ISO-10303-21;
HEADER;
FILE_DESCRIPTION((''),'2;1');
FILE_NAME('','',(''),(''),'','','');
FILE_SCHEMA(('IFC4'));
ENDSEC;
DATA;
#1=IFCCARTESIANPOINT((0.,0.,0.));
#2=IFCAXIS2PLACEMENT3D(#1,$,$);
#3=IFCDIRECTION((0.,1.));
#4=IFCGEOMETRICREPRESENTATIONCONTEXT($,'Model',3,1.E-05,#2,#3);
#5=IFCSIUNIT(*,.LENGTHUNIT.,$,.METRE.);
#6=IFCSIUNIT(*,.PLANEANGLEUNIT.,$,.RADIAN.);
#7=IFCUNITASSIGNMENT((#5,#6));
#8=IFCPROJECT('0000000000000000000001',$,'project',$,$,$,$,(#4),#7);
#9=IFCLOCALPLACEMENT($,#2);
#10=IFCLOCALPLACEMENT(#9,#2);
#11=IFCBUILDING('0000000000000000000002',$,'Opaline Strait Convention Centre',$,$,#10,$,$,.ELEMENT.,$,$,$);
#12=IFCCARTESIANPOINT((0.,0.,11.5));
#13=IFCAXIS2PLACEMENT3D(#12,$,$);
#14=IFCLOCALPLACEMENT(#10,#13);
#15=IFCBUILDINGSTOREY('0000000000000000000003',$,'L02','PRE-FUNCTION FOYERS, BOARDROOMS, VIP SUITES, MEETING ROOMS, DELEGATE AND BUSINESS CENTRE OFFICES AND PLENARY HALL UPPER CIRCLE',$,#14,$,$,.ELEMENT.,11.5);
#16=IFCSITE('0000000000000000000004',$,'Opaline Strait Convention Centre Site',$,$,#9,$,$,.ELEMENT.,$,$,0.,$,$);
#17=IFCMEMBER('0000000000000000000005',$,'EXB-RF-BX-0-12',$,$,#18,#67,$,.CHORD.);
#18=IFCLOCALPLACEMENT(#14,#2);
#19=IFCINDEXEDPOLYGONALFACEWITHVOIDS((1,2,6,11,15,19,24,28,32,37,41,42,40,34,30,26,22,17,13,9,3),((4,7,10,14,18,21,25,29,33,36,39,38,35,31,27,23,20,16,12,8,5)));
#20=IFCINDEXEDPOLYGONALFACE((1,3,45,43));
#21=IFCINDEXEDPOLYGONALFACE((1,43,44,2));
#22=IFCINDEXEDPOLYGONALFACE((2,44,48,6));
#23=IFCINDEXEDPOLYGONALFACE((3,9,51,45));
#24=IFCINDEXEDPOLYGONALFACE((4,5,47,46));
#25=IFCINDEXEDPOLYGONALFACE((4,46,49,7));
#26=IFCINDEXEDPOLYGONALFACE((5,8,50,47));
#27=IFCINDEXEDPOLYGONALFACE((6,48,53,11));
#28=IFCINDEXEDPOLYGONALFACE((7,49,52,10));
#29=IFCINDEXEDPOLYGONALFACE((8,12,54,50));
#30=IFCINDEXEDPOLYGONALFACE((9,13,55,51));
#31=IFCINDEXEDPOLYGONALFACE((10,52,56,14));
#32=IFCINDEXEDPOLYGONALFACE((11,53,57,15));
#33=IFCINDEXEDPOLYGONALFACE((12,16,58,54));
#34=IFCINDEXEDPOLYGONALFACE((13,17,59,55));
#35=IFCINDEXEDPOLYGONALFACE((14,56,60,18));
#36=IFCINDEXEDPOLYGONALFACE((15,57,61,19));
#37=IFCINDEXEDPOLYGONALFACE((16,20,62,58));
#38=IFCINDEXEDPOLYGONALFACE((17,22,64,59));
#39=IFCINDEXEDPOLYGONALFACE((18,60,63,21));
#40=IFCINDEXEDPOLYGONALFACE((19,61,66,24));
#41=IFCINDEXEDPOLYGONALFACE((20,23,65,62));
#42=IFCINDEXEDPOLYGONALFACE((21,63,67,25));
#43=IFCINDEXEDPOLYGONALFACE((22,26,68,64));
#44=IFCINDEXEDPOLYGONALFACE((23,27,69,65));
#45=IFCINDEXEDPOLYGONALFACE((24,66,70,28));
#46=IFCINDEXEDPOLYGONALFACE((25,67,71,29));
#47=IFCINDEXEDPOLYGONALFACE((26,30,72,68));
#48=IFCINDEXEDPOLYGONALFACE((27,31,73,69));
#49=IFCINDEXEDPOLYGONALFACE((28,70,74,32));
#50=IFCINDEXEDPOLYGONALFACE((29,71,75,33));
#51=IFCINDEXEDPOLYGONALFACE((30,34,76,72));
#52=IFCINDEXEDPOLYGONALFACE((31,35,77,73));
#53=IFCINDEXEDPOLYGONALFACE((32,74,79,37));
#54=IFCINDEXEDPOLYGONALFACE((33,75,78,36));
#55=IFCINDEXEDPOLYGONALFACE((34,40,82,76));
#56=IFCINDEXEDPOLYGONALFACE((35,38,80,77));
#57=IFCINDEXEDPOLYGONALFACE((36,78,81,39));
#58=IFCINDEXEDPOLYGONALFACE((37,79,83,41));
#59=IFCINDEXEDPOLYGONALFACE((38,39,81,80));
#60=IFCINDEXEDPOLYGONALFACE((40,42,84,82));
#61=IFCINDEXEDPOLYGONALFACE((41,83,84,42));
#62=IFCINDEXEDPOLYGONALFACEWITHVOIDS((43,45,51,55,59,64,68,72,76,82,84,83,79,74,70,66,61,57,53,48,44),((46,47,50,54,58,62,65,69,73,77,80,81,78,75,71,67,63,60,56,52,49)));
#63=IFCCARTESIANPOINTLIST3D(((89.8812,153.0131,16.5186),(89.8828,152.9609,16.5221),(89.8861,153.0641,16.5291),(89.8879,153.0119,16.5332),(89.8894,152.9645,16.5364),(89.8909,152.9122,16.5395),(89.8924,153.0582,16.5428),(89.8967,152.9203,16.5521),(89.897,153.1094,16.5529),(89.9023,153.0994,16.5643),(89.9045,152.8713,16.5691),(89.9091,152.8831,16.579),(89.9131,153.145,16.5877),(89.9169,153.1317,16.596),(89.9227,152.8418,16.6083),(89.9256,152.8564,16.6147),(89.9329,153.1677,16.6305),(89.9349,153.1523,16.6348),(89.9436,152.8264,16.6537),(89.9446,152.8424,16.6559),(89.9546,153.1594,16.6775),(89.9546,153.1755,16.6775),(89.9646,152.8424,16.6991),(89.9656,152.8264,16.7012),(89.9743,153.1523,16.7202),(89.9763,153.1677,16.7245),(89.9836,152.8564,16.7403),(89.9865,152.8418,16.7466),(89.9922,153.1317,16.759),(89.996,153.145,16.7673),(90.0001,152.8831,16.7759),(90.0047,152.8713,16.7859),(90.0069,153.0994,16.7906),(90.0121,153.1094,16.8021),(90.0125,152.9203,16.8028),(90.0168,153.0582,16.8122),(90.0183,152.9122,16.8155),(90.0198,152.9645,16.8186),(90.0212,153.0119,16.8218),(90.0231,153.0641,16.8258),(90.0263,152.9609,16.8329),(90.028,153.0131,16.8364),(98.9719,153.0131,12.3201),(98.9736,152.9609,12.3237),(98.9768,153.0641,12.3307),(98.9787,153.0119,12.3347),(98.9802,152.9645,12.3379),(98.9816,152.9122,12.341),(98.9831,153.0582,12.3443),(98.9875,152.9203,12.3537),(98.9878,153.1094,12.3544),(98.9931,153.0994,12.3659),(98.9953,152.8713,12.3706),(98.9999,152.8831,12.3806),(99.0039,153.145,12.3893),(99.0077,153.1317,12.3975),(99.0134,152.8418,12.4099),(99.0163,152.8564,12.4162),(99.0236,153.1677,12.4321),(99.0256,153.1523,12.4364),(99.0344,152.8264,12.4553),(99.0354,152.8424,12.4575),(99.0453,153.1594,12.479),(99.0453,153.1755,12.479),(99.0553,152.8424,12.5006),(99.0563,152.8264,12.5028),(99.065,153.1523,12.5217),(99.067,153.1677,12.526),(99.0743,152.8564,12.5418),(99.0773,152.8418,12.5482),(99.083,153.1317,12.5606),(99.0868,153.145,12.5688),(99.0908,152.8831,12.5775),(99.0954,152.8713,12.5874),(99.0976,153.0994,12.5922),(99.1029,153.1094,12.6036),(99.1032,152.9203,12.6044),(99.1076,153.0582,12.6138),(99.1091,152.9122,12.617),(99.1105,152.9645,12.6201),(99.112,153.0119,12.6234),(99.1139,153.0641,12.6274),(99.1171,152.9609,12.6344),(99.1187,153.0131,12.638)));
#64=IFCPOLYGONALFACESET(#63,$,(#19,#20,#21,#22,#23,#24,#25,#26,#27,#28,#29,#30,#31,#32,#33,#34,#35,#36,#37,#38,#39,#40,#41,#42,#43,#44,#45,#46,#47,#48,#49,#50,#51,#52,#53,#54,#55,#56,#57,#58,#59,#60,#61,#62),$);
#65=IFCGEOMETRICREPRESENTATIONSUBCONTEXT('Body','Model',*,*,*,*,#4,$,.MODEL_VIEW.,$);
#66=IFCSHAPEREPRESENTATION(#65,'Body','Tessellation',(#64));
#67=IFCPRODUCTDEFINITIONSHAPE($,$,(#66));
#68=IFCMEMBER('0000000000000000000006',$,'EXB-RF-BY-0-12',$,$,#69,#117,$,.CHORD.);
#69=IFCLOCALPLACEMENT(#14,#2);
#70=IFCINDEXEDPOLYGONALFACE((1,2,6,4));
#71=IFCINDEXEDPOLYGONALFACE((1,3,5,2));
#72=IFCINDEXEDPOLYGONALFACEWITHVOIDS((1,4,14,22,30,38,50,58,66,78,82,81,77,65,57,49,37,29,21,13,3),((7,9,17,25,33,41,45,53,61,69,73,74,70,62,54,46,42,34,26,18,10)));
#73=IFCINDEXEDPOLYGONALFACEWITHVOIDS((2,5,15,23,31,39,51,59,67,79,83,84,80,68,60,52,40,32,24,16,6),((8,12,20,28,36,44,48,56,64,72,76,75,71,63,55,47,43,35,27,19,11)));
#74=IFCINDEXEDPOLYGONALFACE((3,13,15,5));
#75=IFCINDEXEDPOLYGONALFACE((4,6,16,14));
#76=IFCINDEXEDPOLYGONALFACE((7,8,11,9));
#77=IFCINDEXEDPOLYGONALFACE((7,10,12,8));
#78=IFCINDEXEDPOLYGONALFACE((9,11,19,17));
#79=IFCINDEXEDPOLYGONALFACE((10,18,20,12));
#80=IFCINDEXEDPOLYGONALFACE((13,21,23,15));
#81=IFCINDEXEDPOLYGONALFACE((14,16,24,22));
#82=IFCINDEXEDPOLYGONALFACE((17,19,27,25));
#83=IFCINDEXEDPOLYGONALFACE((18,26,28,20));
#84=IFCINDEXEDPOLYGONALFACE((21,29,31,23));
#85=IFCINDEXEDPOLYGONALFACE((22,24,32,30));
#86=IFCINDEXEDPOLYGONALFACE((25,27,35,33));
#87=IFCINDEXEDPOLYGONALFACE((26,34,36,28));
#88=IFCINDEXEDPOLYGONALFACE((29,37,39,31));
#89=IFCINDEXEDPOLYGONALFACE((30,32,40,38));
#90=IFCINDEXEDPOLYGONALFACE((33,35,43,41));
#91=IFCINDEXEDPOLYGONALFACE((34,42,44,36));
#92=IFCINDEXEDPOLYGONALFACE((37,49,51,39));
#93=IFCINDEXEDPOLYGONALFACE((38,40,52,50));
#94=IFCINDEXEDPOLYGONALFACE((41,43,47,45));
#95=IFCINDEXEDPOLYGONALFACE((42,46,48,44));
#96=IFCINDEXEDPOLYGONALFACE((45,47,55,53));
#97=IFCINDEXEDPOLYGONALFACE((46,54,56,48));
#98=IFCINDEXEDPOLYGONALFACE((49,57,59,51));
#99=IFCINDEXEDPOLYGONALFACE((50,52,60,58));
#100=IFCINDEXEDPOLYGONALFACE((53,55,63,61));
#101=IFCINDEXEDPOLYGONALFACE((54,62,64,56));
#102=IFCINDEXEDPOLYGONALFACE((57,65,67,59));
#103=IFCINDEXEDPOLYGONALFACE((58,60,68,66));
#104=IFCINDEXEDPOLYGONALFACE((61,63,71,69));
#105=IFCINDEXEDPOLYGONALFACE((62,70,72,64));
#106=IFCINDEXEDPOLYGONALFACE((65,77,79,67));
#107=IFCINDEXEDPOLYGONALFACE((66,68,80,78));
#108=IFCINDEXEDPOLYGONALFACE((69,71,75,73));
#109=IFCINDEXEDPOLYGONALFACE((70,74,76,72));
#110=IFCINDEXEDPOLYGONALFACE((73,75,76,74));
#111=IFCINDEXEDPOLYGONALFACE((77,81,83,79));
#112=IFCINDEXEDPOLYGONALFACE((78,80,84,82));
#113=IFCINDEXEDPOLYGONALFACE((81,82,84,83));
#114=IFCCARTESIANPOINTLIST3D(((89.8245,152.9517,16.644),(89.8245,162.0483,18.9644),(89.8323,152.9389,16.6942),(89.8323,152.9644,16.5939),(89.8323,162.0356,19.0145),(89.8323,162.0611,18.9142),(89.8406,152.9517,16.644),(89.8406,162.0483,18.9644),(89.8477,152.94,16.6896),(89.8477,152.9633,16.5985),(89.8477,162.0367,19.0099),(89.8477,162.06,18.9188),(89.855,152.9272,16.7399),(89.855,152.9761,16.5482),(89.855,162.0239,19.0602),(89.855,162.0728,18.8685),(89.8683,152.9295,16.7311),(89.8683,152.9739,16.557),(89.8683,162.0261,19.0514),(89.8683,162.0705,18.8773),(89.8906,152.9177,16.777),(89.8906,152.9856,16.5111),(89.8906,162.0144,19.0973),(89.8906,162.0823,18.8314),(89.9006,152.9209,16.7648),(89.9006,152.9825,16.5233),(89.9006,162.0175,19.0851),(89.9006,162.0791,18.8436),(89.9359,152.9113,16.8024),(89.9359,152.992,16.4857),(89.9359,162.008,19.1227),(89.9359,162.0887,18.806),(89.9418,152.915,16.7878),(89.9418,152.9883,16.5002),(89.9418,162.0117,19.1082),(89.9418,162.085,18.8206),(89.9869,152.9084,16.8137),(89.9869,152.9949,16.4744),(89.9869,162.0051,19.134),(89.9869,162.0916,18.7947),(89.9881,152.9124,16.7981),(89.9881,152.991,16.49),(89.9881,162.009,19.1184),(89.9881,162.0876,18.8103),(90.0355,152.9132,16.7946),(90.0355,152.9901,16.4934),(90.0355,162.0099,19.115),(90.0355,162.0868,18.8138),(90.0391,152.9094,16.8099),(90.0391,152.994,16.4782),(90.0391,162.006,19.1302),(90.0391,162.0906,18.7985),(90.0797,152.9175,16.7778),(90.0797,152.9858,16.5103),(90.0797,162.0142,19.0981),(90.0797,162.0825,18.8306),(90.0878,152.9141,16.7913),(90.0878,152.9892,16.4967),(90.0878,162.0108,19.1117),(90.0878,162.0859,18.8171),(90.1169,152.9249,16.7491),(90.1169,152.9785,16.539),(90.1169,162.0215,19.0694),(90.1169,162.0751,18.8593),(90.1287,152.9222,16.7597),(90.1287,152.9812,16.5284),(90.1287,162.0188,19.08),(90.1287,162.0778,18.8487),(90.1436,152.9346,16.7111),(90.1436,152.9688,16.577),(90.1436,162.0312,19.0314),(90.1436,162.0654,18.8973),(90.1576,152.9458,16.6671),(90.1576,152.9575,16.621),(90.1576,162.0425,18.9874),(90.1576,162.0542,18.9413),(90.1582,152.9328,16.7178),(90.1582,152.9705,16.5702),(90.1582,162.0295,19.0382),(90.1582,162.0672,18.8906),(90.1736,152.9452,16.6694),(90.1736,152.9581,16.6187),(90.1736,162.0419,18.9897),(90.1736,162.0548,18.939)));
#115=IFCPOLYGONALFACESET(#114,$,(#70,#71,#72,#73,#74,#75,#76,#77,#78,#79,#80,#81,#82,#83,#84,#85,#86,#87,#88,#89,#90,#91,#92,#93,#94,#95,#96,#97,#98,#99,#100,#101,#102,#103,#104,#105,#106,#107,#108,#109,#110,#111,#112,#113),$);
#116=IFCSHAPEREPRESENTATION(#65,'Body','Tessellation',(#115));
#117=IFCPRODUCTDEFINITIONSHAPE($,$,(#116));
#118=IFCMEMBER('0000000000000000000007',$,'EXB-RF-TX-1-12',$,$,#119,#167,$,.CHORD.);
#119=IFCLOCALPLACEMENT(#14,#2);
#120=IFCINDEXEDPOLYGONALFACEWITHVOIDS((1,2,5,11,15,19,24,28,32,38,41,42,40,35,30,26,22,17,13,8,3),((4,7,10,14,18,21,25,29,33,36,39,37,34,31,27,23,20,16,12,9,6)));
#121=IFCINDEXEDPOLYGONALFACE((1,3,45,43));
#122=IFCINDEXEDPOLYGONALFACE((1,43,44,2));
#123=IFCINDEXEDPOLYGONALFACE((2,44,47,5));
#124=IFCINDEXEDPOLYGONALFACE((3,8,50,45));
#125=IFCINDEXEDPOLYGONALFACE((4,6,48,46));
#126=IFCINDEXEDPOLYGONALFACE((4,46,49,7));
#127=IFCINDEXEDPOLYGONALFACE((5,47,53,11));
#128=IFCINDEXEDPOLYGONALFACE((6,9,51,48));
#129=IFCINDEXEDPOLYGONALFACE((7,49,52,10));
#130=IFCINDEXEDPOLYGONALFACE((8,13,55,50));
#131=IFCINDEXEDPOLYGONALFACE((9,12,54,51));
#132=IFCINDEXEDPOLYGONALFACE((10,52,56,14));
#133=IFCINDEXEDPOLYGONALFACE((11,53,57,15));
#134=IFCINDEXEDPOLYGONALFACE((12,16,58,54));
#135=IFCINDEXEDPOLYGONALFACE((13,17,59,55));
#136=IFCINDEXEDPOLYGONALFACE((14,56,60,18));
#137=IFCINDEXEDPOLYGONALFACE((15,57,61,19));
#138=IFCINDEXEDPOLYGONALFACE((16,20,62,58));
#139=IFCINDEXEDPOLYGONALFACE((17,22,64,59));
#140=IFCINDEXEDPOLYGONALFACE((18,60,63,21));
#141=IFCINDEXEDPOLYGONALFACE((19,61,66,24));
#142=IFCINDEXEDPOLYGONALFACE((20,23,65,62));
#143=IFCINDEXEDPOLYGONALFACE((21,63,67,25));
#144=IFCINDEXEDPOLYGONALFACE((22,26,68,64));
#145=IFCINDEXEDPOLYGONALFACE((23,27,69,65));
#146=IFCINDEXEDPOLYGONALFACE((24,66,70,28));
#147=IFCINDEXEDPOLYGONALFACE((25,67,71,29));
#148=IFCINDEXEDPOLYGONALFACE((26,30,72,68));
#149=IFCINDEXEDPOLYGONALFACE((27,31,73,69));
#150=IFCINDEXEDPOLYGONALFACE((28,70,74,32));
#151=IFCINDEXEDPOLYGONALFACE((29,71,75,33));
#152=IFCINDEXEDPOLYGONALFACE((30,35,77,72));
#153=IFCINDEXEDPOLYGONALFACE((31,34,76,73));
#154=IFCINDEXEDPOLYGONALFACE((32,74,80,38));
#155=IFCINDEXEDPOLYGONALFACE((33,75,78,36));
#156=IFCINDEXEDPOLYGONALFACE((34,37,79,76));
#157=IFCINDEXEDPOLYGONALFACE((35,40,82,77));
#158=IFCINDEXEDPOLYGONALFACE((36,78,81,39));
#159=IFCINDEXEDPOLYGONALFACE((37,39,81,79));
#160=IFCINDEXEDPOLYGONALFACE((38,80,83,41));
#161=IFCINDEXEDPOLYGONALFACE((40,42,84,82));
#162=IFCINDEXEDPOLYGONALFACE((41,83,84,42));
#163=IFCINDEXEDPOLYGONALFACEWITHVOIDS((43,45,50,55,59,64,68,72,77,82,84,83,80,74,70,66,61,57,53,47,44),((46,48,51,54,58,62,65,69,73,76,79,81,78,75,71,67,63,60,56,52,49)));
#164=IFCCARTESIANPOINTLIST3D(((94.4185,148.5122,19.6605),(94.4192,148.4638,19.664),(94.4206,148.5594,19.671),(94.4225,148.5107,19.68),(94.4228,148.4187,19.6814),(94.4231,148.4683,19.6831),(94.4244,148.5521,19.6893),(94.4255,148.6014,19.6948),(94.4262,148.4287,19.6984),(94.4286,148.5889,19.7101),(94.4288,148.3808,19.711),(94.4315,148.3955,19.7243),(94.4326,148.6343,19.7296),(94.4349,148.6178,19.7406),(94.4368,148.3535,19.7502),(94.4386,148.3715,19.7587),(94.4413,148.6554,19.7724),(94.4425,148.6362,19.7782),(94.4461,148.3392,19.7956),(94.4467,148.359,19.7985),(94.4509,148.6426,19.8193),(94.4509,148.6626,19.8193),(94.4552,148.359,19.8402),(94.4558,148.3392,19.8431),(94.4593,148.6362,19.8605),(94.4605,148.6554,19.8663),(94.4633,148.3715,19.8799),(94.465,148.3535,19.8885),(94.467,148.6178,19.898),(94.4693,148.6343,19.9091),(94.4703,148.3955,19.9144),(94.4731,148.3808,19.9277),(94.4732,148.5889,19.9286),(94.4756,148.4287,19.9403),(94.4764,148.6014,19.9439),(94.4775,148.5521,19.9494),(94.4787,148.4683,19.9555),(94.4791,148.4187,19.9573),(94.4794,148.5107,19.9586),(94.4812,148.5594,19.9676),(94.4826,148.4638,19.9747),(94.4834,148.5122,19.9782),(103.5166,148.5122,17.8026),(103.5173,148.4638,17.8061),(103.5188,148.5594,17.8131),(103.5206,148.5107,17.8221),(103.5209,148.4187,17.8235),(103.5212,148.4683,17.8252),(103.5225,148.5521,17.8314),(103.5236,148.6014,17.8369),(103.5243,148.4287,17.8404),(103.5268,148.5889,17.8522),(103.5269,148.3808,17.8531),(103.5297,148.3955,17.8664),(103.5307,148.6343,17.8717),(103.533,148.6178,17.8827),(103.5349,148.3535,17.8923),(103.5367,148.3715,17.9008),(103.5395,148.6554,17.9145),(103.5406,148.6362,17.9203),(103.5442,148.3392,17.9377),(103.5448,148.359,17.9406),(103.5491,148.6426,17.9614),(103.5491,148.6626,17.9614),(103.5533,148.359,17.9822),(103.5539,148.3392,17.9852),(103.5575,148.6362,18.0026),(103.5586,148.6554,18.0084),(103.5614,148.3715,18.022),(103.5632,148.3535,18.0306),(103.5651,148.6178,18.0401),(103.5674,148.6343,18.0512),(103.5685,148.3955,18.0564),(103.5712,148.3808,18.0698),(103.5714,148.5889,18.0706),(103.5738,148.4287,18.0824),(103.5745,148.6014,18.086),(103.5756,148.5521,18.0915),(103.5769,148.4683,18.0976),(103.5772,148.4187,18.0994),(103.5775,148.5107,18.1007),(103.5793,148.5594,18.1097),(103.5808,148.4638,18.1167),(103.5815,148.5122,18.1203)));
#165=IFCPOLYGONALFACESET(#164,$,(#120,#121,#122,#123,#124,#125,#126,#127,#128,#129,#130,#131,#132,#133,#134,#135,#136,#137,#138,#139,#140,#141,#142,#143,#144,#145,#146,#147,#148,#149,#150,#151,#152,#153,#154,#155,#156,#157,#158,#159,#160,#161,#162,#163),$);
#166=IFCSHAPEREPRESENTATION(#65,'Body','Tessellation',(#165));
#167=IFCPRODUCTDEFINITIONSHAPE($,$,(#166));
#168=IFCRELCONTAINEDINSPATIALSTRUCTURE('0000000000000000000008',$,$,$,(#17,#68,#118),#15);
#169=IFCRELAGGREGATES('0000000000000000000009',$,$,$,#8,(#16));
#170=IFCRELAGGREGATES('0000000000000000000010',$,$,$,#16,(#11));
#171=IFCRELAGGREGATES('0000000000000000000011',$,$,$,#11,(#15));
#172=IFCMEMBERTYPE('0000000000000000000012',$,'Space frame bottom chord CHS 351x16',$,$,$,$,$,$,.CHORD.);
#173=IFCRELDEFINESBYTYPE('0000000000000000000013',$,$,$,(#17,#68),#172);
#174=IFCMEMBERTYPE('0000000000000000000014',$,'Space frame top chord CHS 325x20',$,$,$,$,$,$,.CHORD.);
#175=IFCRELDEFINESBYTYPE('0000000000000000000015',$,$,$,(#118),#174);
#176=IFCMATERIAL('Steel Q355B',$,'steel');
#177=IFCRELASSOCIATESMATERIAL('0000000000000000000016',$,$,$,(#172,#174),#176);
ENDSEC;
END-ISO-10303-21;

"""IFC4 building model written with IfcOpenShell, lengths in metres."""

from ifc_helpers import new_model, si_unit, direction, frame, origin, origin_2d, place, context, subcontext, project, spatial, hollow_circle, extrude, material, material_profile, profile_set, type_object, element, save


model = new_model("IFC4")

# Units and contexts
model_context = context("Model", 3, precision=1e-05, world=origin(), true_north=direction((0.0, 1.0)))
body_context = subcontext(model_context, "Body", "Model", "MODEL_VIEW")
ifc_project = project(units=[si_unit("LENGTHUNIT", "METRE"), si_unit("PLANEANGLEUNIT", "RADIAN")], contexts=[model_context])

# Site, building, storey
site_placement = place(None, origin())
site = spatial("IfcSite", under=ifc_project, at=site_placement, Name="Opaline Strait Convention Centre Site", CompositionType="ELEMENT", RefElevation=0.0)
building_placement = place(site_placement, origin())
building = spatial("IfcBuilding", under=site, at=building_placement, Name="Opaline Strait Convention Centre", CompositionType="ELEMENT")
storey_placement = place(building_placement, frame((0.0, 0.0, 11.5)))
storey = spatial("IfcBuildingStorey", under=building, at=storey_placement, Name="L02", Description="PRE-FUNCTION FOYERS, BOARDROOMS, VIP SUITES, MEETING ROOMS, DELEGATE AND BUSINESS CENTRE OFFICES AND PLENARY HALL UPPER CIRCLE", CompositionType="ELEMENT", Elevation=11.5)

# Members
ifc_material_1 = material(Name="Steel Q355B", Category="steel")
ifc_material_profile_1 = material_profile(ifc_material_1, hollow_circle(Radius=0.1755, WallThickness=0.0161, at=origin_2d()), Name="CHS 351x16")
ifc_profile_set_1 = profile_set([ifc_material_profile_1], Name="Steel Q355B")
member_type_1 = type_object("IfcMemberType", Name="Space frame bottom chord CHS 351x16", PredefinedType="CHORD", material=ifc_profile_set_1)
member_1_placement = place(storey_placement, frame((89.9546, 153.0, 16.6775), z_axis=(0.907856, 0.0, -0.419282), x_axis=(0.0, 1.0, 0.0)))
element("IfcMember", 1, at=member_1_placement, inside=storey, type_object=member_type_1, Name="EXB-RF-BX-0-12", PredefinedType="CHORD", context=body_context, shape_type="SweptSolid", body=[
    extrude(hollow_circle(Radius=0.1755, WallThickness=0.0161, at=origin_2d()), origin(), (0.0, 0.0, 1.0), 10.0134),
])
member_2_placement = place(storey_placement, frame((90.0, 152.9517, 16.644), z_axis=(0.0, 0.968975, 0.247159), x_axis=(-1.0, 0.0, 0.0)))
element("IfcMember", 2, at=member_2_placement, inside=storey, type_object=member_type_1, Name="EXB-RF-BY-0-12", PredefinedType="CHORD", context=body_context, shape_type="SweptSolid", body=[
    extrude(hollow_circle(Radius=0.1755, WallThickness=0.0161, at=origin_2d()), origin(), (0.0, 0.0, 1.0), 9.3879),
])
ifc_material_profile_2 = material_profile(ifc_material_1, hollow_circle(Radius=0.1626, WallThickness=0.02, at=origin_2d()), Name="CHS 325x20")
ifc_profile_set_2 = profile_set([ifc_material_profile_2], Name="Steel Q355B")
member_type_2 = type_object("IfcMemberType", Name="Space frame top chord CHS 325x20", PredefinedType="CHORD", material=ifc_profile_set_2)
member_3_placement = place(storey_placement, frame((94.4509, 148.5, 19.8193), z_axis=(0.97978, 0.0, -0.200078), x_axis=(0.0, 1.0, 0.0)))
element("IfcMember", 3, at=member_3_placement, inside=storey, type_object=member_type_2, Name="EXB-RF-TX-1-12", PredefinedType="CHORD", context=body_context, shape_type="SweptSolid", body=[
    extrude(hollow_circle(Radius=0.1626, WallThickness=0.02, at=origin_2d()), origin(), (0.0, 0.0, 1.0), 9.2859),
])

save(model, "model.ifc")
